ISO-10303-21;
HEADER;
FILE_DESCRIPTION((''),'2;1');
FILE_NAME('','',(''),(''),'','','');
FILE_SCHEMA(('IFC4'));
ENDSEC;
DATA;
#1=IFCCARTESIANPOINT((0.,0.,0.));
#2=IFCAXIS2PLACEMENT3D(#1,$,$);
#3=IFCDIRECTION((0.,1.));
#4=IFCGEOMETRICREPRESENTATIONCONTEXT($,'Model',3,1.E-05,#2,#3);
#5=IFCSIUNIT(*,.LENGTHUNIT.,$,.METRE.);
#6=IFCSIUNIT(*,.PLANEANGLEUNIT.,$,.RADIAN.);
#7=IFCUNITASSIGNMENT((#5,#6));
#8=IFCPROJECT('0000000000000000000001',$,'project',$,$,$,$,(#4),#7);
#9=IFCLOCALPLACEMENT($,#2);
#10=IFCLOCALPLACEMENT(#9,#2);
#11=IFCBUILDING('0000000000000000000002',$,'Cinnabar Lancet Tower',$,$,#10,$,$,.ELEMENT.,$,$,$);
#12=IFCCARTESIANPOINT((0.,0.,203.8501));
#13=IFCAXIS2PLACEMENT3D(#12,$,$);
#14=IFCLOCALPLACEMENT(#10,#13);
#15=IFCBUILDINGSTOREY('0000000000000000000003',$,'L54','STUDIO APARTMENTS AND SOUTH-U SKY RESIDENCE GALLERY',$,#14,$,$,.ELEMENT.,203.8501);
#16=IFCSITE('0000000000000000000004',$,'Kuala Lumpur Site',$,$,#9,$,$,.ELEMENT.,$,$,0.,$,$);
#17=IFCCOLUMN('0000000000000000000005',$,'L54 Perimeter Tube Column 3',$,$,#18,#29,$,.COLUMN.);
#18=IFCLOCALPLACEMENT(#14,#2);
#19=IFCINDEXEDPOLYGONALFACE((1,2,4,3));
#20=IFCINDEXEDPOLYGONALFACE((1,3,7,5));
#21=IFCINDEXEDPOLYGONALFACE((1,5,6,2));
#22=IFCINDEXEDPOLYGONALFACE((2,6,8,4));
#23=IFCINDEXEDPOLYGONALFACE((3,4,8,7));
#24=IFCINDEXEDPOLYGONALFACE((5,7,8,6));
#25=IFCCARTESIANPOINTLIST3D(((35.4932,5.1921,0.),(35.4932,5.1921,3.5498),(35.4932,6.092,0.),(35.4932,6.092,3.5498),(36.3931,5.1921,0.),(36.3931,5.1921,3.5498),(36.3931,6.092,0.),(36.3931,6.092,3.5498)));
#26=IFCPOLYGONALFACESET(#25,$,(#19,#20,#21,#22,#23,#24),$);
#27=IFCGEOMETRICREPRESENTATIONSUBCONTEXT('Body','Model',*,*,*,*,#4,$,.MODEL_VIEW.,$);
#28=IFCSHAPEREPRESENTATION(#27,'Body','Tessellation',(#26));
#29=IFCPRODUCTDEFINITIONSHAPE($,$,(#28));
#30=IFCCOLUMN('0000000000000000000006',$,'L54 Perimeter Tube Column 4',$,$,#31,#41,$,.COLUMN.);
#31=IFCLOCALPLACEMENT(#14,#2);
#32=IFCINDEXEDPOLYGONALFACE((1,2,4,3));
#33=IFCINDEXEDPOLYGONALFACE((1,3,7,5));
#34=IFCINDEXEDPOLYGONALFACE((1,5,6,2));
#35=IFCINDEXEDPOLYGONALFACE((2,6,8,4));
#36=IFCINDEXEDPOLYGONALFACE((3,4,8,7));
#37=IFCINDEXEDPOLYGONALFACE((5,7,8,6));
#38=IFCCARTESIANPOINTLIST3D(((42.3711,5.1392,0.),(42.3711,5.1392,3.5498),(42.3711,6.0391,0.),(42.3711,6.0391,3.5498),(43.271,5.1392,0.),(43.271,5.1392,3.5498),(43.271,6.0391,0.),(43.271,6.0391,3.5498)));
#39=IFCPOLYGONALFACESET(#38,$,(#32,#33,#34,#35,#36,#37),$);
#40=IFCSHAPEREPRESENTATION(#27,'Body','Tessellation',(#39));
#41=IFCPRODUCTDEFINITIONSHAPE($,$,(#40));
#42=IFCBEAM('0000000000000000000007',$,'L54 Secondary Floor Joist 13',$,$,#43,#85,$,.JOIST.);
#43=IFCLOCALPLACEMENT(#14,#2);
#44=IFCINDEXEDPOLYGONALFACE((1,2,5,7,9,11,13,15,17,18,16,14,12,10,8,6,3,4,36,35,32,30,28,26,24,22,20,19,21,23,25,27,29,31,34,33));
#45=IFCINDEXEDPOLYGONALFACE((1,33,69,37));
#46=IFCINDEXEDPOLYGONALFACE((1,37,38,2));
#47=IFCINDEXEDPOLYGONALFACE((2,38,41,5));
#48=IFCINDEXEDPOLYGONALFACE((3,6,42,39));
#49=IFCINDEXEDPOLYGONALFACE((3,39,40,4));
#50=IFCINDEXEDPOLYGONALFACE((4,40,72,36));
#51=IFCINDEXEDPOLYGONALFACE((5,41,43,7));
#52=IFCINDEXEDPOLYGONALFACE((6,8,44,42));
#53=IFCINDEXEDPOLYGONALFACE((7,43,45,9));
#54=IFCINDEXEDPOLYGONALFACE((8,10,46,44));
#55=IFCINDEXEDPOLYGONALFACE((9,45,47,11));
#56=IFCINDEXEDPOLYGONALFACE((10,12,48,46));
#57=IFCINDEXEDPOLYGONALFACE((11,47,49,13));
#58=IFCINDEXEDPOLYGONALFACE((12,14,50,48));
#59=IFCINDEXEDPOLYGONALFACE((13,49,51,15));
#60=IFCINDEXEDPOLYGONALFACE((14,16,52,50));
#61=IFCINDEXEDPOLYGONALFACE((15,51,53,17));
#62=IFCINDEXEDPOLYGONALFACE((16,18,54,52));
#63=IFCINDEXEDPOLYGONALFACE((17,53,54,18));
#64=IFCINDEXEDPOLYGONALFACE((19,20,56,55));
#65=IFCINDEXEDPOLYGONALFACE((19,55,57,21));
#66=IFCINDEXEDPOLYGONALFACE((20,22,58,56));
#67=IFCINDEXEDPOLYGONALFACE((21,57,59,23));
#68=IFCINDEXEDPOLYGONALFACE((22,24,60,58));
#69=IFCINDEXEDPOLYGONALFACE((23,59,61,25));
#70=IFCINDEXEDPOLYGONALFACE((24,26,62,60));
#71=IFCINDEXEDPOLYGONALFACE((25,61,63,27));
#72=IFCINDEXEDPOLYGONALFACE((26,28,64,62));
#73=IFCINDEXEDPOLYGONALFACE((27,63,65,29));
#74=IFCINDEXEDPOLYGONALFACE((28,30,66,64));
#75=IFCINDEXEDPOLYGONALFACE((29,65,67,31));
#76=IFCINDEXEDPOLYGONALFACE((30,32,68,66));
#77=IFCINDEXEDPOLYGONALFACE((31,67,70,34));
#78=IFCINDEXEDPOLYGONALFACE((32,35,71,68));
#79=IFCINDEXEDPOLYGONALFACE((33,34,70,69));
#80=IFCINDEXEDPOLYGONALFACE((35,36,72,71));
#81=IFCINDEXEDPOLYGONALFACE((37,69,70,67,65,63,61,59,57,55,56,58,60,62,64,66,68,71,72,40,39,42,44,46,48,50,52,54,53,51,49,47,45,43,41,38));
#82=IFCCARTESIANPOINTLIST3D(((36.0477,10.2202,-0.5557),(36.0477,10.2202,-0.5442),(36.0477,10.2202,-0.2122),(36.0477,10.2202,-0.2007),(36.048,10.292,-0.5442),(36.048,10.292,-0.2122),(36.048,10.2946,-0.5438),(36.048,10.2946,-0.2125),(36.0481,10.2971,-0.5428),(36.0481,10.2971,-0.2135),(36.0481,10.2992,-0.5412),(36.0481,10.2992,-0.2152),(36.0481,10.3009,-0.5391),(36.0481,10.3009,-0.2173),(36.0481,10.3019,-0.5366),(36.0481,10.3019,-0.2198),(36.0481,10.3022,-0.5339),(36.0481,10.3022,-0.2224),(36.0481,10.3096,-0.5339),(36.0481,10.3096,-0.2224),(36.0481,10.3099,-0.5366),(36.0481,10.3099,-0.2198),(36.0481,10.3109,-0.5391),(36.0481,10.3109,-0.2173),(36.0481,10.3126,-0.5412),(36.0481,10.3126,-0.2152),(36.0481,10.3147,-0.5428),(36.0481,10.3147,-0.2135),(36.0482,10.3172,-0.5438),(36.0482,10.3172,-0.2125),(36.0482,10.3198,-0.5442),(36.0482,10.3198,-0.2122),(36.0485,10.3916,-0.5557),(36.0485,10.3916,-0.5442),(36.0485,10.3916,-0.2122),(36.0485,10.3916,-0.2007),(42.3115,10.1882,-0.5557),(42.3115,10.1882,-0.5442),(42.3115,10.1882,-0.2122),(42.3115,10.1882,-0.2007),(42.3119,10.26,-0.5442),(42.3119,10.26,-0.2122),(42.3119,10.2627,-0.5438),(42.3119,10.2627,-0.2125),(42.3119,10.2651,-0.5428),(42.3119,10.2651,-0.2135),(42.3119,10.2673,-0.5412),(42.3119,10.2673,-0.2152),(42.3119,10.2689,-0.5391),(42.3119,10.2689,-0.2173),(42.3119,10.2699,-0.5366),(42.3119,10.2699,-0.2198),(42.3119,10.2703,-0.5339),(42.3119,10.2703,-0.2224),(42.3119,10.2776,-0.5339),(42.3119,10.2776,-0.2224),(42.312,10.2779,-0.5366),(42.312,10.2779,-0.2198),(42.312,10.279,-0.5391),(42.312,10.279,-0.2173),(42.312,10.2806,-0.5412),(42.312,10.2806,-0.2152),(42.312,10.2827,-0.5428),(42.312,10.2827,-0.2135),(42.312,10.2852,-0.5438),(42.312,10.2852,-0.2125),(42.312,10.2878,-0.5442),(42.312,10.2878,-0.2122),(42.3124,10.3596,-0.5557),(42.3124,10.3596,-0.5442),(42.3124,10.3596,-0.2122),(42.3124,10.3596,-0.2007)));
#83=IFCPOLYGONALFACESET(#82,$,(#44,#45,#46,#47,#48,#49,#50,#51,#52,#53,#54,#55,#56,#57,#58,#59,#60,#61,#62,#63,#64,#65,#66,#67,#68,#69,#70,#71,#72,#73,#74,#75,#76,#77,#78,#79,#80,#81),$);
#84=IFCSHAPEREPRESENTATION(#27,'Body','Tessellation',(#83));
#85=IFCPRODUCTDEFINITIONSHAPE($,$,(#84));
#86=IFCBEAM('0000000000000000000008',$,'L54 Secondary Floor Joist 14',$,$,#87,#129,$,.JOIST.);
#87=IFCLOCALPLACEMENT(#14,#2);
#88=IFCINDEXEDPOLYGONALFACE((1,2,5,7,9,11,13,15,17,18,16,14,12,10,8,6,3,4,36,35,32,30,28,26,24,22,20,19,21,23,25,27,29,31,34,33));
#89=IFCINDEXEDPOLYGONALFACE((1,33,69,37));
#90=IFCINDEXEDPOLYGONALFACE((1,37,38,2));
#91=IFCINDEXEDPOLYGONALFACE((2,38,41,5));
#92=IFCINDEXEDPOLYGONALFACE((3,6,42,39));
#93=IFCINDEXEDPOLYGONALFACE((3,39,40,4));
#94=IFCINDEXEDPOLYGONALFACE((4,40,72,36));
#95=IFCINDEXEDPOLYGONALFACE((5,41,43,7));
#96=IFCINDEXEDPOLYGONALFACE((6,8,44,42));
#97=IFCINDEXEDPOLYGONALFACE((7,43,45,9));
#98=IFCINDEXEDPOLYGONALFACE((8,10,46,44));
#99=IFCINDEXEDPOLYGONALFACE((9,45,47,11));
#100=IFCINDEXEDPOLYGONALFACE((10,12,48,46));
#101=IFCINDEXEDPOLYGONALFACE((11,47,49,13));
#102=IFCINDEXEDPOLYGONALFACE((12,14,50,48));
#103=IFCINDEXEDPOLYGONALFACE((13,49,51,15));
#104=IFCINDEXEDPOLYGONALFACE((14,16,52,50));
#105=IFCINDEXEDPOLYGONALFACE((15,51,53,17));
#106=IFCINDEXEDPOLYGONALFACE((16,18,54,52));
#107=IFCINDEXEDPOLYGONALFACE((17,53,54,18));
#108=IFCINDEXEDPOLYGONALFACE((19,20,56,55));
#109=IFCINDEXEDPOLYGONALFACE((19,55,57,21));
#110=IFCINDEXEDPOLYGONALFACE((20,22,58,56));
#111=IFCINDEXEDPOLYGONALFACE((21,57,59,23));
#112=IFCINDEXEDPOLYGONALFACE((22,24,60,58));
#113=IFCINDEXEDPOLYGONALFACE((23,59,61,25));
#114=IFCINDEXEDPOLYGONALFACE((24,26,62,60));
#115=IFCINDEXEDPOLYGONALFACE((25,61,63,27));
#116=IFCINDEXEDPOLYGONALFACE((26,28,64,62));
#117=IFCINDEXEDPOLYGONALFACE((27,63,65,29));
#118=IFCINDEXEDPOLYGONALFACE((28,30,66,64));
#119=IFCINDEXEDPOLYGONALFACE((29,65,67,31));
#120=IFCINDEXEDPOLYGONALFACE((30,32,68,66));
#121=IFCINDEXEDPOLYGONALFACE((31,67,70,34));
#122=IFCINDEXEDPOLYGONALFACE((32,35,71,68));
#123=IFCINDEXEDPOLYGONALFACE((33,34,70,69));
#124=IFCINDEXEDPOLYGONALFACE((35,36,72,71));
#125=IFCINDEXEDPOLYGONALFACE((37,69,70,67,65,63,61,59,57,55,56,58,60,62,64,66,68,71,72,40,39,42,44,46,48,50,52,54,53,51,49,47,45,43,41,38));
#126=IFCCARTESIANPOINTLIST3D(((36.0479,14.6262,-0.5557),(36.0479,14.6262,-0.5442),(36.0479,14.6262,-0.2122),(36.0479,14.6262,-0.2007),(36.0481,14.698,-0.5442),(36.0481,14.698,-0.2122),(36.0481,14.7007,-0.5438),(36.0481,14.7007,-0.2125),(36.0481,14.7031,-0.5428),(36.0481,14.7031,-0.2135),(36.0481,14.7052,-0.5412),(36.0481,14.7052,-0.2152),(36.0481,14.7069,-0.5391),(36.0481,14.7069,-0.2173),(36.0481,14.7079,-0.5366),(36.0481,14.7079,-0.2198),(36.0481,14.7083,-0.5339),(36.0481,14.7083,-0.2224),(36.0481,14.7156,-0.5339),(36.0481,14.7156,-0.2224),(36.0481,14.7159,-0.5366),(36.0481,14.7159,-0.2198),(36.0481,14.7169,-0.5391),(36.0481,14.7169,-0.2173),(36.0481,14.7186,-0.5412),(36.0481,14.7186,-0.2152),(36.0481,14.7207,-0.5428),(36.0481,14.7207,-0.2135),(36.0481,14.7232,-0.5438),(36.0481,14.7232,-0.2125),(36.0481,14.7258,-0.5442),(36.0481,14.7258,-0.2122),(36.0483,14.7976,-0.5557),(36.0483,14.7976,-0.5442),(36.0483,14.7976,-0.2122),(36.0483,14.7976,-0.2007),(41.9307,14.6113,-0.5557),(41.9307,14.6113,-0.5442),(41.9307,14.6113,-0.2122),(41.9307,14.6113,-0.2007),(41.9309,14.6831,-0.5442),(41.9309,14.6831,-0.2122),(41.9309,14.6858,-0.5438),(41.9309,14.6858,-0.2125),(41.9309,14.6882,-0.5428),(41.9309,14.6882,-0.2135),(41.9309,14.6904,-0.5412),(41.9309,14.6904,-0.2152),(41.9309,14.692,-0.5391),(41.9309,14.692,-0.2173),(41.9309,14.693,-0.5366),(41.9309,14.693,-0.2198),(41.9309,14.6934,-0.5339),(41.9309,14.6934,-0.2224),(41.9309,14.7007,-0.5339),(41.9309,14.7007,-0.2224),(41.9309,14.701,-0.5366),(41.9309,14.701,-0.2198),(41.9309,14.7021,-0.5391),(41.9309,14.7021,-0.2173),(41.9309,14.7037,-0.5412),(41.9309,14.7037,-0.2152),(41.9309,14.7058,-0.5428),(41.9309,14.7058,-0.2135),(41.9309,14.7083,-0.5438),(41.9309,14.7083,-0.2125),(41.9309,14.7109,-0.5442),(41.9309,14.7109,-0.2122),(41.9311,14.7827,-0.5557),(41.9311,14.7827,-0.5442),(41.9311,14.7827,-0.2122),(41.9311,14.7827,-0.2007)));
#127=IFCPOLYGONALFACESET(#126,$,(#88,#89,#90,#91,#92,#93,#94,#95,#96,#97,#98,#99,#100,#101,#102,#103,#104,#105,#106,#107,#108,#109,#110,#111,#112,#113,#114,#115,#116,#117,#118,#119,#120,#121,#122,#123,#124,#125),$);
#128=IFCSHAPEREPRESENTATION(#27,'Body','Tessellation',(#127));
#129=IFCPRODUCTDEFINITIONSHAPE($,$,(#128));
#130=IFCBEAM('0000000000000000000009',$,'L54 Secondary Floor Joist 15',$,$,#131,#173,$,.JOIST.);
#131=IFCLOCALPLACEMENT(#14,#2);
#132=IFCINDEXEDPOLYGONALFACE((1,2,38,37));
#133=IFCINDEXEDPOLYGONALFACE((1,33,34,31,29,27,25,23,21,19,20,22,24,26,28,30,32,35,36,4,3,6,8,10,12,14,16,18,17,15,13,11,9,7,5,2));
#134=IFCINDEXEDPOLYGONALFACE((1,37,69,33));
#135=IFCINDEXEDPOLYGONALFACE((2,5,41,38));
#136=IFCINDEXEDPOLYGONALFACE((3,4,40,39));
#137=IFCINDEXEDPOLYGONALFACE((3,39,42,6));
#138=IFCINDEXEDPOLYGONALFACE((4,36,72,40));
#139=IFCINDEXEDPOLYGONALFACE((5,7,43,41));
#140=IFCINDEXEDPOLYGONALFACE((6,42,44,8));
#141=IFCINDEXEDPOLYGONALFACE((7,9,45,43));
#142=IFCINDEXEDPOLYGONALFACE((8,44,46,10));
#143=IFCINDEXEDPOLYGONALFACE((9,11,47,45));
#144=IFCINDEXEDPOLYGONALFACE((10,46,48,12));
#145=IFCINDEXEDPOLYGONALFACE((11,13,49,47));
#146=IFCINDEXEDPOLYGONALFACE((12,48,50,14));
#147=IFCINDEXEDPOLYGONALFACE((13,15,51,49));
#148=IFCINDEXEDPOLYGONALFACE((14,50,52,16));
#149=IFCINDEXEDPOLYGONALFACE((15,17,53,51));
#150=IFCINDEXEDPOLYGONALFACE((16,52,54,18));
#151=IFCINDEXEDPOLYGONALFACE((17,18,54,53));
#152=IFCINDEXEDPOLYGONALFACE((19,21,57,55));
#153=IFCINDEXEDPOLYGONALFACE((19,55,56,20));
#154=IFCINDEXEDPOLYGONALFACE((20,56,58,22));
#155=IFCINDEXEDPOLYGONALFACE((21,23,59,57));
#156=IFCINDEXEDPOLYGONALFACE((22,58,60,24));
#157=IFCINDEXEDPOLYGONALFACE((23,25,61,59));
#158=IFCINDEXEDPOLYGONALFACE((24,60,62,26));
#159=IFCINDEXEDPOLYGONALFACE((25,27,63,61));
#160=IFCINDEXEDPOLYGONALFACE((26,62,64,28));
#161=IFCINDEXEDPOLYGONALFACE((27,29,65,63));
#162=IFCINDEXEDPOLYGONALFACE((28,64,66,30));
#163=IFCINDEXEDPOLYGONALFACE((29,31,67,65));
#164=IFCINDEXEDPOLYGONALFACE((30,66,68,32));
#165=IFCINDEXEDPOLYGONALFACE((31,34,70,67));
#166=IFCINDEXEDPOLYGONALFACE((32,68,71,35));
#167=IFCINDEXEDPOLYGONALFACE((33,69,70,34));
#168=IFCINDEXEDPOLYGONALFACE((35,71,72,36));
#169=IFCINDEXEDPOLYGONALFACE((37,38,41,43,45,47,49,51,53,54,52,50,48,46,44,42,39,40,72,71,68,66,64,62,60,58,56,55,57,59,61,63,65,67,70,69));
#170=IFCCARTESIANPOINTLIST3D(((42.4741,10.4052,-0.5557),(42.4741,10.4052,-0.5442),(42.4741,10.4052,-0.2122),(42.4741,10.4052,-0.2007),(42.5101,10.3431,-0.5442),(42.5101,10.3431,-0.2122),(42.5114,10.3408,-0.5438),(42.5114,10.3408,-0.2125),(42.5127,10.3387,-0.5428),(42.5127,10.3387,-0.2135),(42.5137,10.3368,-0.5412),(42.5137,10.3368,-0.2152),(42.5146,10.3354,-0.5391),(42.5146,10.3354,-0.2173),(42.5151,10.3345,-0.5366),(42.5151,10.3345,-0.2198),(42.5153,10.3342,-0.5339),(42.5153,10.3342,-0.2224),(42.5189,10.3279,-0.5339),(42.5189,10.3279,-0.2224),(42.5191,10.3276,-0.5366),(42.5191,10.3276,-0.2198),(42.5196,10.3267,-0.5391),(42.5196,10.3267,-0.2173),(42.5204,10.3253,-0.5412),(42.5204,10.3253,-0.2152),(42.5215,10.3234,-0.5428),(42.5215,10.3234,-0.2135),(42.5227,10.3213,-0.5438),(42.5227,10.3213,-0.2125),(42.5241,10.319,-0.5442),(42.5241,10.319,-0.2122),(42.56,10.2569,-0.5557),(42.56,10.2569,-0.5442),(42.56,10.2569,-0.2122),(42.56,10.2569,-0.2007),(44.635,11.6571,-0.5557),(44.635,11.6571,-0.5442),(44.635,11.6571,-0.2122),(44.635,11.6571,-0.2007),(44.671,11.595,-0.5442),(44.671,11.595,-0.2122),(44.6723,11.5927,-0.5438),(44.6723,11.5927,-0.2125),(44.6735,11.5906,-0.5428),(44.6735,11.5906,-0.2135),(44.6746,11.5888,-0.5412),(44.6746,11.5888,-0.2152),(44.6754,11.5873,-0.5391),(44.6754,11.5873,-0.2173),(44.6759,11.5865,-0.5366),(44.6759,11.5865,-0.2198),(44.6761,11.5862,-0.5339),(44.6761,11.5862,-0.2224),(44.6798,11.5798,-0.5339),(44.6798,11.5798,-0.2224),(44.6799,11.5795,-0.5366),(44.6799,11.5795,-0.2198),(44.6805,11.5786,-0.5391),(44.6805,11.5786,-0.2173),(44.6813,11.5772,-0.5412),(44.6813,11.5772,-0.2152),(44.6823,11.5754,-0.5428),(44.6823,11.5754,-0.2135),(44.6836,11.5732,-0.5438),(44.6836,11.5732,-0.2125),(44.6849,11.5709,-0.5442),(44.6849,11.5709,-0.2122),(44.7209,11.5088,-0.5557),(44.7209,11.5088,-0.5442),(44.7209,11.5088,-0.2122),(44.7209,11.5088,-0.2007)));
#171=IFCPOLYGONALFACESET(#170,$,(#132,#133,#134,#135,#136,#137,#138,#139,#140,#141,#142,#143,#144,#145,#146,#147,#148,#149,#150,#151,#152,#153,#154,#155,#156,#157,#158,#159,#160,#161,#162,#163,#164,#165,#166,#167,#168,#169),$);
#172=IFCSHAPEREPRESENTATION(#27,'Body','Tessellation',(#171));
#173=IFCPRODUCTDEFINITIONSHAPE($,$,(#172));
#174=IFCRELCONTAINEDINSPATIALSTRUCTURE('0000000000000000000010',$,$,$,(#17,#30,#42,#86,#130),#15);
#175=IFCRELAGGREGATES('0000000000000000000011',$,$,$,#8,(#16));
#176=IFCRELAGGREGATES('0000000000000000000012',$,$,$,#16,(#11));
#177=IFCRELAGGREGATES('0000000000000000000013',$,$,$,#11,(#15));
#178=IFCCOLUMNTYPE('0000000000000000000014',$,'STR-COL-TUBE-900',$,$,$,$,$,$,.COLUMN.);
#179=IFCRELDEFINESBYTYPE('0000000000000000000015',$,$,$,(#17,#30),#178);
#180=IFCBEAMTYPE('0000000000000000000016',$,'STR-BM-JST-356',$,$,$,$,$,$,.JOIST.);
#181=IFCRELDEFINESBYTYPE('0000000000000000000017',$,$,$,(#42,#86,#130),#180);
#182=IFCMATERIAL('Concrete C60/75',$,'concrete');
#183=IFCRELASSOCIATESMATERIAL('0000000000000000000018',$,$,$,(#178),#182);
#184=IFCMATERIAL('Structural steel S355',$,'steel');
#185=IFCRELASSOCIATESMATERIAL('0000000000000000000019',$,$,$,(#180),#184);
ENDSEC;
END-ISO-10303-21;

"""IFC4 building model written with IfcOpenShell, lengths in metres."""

from ifc_helpers import new_model, si_unit, direction, frame, origin, origin_2d, place, context, subcontext, project, spatial, rectangle, i_section, extrude, material, material_profile, profile_set, type_object, element, save


model = new_model("IFC4")

# Units and contexts
model_context = context("Model", 3, precision=1e-05, world=origin(), true_north=direction((0.0, 1.0)))
body_context = subcontext(model_context, "Body", "Model", "MODEL_VIEW")
ifc_project = project(units=[si_unit("LENGTHUNIT", "METRE"), si_unit("PLANEANGLEUNIT", "RADIAN")], contexts=[model_context])

# Site, building, storey
site_placement = place(None, origin())
site = spatial("IfcSite", under=ifc_project, at=site_placement, Name="Kuala Lumpur Site", CompositionType="ELEMENT", RefElevation=0.0)
building_placement = place(site_placement, origin())
building = spatial("IfcBuilding", under=site, at=building_placement, Name="Cinnabar Lancet Tower", CompositionType="ELEMENT")
storey_placement = place(building_placement, frame((0.0, 0.0, 203.8501)))
storey = spatial("IfcBuildingStorey", under=building, at=storey_placement, Name="L54", Description="STUDIO APARTMENTS AND SOUTH-U SKY RESIDENCE GALLERY", CompositionType="ELEMENT", Elevation=203.8501)

# Columns
ifc_material_1 = material(Name="Concrete C60/75", Category="concrete")
ifc_material_profile_1 = material_profile(ifc_material_1, rectangle(XDim=0.8999, YDim=0.8999, at=origin_2d()), Name="RC-COL 900x900")
ifc_profile_set_1 = profile_set([ifc_material_profile_1], Name="Concrete C60/75")
column_type = type_object("IfcColumnType", Name="STR-COL-TUBE-900", PredefinedType="COLUMN", material=ifc_profile_set_1)
for number, where, z_axis, x_axis, name in (
    (1, (35.9431, 5.6421, 0.0), (0.0, 0.0, 1.0), (1.0, 0.0, 0.0), "L54 Perimeter Tube Column 3"),
    (2, (42.821, 5.5891, 0.0), (0.0, 0.0, 1.0), (1.0, 0.0, 0.0), "L54 Perimeter Tube Column 4"),
):
    element("IfcColumn", number, at=place(storey_placement, frame(where, z_axis=z_axis, x_axis=x_axis)), inside=storey, type_object=column_type, Name=name, PredefinedType="COLUMN", context=body_context, shape_type="SweptSolid", body=[
        extrude(rectangle(XDim=0.8999, YDim=0.8999, at=origin_2d()), origin(), (0.0, 0.0, 1.0), 3.5498),
    ])

# Beams
ifc_material_2 = material(Name="Structural steel S355", Category="steel")
ifc_material_profile_2 = material_profile(ifc_material_2, i_section(OverallWidth=0.1714, OverallDepth=0.355, WebThickness=0.0073, FlangeThickness=0.0115, FilletRadius=0.0103, at=origin_2d()), Name="UKB 356x171x51")
ifc_profile_set_2 = profile_set([ifc_material_profile_2], Name="Structural steel S355")
beam_type_1 = type_object("IfcBeamType", Name="STR-BM-JST-356", PredefinedType="JOIST", material=ifc_profile_set_2)
beam_1_placement = place(storey_placement, frame((36.0481, 10.3059, -0.3782), z_axis=(0.999987, -0.005106, 0.0), x_axis=(0.005106, 0.999987, 0.0)))
element("IfcBeam", 3, at=beam_1_placement, inside=storey, type_object=beam_type_1, Name="L54 Secondary Floor Joist 13", PredefinedType="JOIST", context=body_context, shape_type="SweptSolid", body=[
    extrude(i_section(OverallWidth=0.1714, OverallDepth=0.355, WebThickness=0.0073, FlangeThickness=0.0115, FilletRadius=0.0103, at=origin_2d()), origin(), (0.0, 0.0, 1.0), 6.2639),
])
beam_2_placement = place(storey_placement, frame((36.0481, 14.7119, -0.3782), z_axis=(0.999997, -0.002532, 0.0), x_axis=(0.002532, 0.999997, 0.0)))
element("IfcBeam", 4, at=beam_2_placement, inside=storey, type_object=beam_type_1, Name="L54 Secondary Floor Joist 14", PredefinedType="JOIST", context=body_context, shape_type="SweptSolid", body=[
    extrude(i_section(OverallWidth=0.1714, OverallDepth=0.355, WebThickness=0.0073, FlangeThickness=0.0115, FilletRadius=0.0103, at=origin_2d()), origin(), (0.0, 0.0, 1.0), 5.8828),
])
beam_3_placement = place(storey_placement, frame((42.5171, 10.3311, -0.3782), z_axis=(0.865268, 0.50131, 0.0), x_axis=(-0.50131, 0.865268, 0.0)))
element("IfcBeam", 5, at=beam_3_placement, inside=storey, type_object=beam_type_1, Name="L54 Secondary Floor Joist 15", PredefinedType="JOIST", context=body_context, shape_type="SweptSolid", body=[
    extrude(i_section(OverallWidth=0.1714, OverallDepth=0.355, WebThickness=0.0073, FlangeThickness=0.0115, FilletRadius=0.0103, at=origin_2d()), origin(), (0.0, 0.0, 1.0), 2.4973),
])

save(model, "model.ifc")
